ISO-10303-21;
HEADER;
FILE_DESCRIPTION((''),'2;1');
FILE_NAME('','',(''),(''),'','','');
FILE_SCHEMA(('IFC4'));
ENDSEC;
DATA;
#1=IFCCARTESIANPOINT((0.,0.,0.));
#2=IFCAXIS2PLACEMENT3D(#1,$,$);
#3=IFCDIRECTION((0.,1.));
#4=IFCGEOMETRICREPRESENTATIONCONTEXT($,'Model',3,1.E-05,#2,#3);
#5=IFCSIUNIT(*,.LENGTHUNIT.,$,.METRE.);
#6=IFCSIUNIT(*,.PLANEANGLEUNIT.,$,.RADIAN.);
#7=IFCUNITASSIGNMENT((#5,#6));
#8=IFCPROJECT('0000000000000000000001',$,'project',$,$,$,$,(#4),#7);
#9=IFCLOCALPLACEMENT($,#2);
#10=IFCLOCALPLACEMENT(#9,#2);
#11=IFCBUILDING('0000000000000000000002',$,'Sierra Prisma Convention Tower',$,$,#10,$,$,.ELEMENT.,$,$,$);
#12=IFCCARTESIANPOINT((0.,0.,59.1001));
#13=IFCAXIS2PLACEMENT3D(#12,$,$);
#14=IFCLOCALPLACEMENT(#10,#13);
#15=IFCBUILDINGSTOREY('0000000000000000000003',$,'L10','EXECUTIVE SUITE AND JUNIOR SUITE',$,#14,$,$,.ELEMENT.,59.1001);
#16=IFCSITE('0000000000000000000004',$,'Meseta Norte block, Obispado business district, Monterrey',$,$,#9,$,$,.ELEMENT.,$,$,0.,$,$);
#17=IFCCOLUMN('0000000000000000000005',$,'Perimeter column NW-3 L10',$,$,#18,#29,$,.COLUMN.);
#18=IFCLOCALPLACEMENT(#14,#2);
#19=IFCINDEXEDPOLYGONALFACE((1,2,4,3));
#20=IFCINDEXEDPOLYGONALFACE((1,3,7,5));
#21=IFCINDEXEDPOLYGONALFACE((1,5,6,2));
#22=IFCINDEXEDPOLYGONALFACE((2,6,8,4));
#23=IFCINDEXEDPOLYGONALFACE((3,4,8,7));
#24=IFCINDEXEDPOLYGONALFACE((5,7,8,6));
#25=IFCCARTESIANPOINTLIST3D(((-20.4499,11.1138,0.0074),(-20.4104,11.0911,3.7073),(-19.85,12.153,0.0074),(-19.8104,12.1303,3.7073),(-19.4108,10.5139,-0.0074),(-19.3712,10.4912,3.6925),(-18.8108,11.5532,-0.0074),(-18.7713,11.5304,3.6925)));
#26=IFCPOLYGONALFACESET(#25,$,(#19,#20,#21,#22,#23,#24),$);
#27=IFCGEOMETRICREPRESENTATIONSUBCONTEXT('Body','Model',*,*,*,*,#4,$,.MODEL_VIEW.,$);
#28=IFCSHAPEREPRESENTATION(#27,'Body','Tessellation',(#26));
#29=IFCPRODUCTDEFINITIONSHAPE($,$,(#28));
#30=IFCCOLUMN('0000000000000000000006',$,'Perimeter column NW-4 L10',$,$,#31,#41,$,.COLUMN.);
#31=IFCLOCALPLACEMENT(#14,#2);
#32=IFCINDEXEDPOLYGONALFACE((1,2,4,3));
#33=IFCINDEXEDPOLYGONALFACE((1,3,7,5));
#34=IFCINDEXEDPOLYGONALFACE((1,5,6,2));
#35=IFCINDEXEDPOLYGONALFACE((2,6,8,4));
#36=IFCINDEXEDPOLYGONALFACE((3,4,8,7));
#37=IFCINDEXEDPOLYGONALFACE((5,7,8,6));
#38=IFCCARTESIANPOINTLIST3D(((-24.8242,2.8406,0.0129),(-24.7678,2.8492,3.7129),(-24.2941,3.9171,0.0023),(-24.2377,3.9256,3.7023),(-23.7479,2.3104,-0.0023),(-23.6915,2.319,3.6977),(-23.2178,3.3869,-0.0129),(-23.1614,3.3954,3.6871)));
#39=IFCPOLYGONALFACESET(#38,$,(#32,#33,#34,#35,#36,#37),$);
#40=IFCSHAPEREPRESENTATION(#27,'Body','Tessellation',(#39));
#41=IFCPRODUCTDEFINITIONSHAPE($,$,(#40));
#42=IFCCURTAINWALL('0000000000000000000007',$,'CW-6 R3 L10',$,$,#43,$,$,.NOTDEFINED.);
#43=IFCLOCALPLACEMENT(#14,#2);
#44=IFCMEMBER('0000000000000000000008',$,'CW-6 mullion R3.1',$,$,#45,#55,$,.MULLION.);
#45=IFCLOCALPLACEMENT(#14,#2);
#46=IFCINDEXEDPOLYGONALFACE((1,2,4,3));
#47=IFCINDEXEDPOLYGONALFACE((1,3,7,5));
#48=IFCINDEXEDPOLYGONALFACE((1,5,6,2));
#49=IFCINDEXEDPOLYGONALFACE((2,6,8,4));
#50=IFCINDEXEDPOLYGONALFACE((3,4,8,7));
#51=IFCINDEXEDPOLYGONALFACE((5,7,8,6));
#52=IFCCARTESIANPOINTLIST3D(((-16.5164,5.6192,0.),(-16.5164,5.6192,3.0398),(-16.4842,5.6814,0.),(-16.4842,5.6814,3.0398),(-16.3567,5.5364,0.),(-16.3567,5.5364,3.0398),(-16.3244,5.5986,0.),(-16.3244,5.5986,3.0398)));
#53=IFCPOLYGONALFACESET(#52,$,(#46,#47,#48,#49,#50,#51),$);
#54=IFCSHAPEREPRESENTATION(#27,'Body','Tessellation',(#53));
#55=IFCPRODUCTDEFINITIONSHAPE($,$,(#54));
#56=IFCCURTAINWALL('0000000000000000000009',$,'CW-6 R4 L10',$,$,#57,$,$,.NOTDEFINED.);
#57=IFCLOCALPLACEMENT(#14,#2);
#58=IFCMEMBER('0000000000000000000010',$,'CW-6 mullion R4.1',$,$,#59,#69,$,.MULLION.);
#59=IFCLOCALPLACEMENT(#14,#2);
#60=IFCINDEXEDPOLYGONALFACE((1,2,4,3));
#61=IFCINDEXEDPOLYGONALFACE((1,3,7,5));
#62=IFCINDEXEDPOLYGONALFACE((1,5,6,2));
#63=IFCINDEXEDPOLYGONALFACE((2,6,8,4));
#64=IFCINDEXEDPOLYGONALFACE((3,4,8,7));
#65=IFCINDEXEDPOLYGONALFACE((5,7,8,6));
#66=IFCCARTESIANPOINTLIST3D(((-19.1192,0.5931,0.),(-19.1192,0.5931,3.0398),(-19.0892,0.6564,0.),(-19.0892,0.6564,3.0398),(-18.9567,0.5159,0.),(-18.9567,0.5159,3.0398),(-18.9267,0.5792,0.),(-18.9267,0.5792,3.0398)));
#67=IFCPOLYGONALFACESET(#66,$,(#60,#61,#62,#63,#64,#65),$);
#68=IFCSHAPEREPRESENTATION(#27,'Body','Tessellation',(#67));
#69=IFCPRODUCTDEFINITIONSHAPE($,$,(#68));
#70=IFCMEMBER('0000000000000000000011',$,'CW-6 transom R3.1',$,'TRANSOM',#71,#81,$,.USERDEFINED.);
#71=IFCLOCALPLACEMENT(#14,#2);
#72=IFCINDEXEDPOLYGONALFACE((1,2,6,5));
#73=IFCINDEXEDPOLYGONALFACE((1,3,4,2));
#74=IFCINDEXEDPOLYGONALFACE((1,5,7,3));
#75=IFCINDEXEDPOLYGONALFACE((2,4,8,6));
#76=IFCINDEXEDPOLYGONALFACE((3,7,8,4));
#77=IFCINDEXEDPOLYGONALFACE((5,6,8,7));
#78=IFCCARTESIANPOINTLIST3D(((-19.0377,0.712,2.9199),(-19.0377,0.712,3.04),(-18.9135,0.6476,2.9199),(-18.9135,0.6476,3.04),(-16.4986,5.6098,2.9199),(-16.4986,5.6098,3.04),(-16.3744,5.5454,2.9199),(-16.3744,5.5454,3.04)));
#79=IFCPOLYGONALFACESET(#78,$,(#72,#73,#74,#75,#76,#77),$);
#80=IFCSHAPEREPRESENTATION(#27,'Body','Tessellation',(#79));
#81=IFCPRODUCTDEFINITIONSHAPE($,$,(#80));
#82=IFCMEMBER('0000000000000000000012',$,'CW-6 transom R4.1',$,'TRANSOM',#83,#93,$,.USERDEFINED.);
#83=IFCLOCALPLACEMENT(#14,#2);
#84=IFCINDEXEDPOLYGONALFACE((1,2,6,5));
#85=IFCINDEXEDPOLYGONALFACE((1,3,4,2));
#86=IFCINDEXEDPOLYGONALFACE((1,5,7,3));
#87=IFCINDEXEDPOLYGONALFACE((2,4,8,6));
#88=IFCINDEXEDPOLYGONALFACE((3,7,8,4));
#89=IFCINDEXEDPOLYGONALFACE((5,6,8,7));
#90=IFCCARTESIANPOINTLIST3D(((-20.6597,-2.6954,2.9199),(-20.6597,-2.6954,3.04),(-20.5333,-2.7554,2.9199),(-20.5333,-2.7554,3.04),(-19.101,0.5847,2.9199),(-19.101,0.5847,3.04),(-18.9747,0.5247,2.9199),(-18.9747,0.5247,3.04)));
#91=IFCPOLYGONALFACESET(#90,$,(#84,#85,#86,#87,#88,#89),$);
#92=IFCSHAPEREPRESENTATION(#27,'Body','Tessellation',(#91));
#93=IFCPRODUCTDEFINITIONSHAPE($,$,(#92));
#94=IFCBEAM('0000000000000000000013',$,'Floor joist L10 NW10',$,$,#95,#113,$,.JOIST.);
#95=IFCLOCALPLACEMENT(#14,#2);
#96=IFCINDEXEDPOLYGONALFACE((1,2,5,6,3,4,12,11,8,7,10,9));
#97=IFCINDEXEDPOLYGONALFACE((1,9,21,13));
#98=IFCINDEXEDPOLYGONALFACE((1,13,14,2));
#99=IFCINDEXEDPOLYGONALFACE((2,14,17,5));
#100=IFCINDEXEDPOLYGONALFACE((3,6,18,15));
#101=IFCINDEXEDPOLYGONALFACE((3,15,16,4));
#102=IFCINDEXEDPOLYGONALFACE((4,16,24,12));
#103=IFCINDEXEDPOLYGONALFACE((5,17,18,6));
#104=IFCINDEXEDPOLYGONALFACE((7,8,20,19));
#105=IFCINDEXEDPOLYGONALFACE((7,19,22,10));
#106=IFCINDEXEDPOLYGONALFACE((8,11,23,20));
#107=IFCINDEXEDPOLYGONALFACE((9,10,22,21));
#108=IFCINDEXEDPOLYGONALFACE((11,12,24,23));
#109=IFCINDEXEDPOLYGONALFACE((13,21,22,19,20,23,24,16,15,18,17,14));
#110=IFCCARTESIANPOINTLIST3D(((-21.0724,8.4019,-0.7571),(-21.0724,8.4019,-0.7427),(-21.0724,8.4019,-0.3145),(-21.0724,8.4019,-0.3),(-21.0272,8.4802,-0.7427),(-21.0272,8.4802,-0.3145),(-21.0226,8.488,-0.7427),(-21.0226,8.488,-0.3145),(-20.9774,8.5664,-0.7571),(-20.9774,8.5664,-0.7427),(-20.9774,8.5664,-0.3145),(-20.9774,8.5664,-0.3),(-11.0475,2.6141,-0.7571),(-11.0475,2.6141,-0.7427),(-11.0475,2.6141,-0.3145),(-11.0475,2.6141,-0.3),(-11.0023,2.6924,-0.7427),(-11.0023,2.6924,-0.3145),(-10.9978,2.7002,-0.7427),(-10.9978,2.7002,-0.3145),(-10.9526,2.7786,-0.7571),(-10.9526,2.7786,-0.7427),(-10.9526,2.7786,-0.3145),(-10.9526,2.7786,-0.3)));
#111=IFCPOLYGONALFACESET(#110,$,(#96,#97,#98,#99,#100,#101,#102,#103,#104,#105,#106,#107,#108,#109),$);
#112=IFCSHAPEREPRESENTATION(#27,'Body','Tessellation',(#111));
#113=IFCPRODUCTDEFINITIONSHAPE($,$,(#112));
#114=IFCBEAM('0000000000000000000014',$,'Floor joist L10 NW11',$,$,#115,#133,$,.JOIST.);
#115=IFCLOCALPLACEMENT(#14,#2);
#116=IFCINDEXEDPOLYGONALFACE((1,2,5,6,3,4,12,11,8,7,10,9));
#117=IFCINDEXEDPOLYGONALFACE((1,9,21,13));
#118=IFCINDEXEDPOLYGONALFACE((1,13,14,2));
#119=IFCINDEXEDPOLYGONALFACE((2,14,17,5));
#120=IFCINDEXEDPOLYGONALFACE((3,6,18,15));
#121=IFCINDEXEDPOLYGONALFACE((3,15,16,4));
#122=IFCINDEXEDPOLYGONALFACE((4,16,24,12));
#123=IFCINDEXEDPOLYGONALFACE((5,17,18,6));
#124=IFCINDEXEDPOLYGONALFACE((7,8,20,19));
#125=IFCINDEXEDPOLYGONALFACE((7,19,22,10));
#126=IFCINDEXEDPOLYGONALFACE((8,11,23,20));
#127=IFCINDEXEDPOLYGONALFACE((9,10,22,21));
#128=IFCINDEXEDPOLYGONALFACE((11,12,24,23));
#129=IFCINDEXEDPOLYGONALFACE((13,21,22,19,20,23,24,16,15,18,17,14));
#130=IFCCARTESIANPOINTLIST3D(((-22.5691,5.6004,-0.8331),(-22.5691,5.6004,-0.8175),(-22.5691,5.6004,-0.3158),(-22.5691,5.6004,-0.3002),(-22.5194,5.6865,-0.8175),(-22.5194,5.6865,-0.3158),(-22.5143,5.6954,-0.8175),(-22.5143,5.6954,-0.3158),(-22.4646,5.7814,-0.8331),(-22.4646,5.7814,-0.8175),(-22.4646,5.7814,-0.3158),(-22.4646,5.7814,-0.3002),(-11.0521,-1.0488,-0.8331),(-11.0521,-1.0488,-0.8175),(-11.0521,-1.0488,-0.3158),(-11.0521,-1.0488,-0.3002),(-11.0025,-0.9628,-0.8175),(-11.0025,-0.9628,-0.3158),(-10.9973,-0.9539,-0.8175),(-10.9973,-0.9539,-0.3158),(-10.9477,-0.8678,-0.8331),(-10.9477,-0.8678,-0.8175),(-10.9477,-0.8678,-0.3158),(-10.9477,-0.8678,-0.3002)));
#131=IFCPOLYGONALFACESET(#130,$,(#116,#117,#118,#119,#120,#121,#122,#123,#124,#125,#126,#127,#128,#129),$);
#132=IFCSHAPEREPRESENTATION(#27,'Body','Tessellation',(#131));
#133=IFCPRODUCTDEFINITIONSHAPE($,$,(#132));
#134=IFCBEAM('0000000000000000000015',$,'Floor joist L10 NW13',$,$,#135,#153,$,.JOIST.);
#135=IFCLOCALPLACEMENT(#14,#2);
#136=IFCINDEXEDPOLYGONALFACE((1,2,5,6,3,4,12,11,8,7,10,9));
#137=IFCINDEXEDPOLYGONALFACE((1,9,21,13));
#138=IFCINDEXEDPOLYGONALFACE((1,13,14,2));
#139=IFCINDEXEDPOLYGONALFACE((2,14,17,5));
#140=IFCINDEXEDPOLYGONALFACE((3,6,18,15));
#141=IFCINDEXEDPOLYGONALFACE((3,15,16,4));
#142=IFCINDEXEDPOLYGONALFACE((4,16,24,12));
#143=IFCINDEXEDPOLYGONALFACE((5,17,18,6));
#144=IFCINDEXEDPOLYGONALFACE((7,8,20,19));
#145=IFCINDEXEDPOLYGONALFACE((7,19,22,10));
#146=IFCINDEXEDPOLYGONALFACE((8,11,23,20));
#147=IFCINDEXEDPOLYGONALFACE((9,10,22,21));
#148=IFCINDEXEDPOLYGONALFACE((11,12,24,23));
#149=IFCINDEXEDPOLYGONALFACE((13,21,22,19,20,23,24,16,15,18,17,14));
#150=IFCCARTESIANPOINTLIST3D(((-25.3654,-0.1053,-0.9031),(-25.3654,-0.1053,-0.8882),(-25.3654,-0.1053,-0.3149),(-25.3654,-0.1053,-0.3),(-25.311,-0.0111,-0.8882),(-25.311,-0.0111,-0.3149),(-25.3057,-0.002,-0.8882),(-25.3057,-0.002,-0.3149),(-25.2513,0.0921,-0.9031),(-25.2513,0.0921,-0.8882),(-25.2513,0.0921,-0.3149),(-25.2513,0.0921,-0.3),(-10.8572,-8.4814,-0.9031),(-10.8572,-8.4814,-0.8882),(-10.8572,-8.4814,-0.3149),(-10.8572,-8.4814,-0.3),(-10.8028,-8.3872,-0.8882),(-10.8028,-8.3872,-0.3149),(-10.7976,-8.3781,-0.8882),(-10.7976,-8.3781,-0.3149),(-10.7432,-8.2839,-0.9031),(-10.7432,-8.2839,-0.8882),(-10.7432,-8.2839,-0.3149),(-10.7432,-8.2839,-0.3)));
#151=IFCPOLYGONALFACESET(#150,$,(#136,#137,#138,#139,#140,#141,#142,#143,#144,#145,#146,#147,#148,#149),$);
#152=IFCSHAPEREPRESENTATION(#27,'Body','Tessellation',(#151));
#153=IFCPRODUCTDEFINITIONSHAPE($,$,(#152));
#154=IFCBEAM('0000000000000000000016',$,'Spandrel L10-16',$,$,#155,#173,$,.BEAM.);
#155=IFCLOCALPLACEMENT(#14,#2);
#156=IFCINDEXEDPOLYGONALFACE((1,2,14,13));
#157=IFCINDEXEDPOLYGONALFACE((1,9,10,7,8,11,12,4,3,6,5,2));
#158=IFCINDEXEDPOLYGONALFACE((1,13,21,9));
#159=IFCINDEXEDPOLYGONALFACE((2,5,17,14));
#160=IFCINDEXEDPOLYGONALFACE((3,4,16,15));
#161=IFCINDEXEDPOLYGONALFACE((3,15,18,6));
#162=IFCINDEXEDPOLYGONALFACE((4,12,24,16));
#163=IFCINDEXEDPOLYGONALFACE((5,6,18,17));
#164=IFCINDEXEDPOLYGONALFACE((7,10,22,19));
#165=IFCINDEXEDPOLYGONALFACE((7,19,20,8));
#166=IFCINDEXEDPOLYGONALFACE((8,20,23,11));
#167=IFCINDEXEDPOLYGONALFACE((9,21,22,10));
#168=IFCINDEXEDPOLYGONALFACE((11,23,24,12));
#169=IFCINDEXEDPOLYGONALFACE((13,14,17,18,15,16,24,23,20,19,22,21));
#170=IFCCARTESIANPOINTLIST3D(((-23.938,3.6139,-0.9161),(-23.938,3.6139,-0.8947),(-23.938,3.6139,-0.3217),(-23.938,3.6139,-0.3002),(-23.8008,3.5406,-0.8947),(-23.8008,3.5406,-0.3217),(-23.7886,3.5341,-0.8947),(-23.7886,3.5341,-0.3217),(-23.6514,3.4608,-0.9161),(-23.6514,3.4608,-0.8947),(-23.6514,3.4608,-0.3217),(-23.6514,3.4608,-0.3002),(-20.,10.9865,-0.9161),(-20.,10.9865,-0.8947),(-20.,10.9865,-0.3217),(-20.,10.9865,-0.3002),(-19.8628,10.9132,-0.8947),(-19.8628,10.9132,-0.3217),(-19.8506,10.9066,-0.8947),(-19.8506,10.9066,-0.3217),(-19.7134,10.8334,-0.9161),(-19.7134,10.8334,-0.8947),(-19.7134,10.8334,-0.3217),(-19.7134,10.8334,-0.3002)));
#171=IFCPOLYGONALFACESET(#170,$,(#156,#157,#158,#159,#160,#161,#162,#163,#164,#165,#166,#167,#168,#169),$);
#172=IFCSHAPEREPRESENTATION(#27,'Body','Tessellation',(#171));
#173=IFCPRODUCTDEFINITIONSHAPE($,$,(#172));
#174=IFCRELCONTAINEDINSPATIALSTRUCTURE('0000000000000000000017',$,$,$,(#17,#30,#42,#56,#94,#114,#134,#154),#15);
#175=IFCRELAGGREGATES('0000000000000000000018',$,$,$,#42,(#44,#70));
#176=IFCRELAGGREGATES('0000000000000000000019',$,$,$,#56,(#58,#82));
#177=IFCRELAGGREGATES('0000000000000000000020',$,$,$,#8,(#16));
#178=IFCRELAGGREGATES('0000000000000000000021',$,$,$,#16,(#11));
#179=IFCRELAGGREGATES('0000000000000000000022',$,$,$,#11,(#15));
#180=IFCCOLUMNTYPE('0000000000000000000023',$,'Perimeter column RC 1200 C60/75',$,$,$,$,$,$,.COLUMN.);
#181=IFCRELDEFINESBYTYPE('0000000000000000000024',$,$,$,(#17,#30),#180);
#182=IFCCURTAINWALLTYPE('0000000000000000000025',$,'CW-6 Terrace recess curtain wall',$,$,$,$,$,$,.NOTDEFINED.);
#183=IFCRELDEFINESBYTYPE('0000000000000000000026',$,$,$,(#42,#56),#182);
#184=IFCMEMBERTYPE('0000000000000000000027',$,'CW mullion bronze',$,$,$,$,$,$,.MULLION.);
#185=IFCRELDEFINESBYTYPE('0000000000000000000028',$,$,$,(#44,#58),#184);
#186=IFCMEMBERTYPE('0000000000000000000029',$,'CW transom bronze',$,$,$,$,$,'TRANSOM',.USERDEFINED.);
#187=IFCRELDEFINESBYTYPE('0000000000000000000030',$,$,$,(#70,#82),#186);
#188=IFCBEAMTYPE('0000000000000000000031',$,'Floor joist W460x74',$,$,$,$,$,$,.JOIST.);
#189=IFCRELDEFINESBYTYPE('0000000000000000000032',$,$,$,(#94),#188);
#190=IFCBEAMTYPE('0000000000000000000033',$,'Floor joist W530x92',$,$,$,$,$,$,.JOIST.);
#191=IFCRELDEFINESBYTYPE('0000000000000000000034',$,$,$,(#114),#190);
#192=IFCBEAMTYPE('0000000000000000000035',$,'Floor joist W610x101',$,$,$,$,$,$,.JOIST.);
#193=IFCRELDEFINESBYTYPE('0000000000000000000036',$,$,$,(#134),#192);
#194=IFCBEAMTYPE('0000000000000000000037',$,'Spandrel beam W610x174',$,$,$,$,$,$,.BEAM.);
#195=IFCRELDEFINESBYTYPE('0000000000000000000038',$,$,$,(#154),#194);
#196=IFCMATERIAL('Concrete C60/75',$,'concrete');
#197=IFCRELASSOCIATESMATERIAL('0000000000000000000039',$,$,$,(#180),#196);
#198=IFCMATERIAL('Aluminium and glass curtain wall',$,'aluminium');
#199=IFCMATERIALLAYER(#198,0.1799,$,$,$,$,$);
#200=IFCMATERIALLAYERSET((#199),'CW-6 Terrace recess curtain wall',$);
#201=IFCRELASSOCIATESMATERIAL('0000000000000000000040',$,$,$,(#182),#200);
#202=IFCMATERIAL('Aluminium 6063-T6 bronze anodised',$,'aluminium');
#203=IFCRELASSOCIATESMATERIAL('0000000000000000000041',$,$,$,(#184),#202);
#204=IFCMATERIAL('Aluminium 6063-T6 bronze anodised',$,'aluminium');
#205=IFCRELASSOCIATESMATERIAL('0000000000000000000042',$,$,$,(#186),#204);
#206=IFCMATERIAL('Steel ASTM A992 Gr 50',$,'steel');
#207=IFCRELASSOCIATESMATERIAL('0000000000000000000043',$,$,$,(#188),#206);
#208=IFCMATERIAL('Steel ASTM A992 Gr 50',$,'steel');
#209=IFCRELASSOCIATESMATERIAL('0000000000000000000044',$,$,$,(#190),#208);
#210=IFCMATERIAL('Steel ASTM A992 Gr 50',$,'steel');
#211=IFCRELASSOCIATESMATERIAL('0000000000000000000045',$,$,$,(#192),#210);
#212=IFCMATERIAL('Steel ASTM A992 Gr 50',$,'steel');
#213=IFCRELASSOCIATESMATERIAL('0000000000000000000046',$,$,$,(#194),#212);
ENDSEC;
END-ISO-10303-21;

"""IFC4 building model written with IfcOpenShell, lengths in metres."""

from ifc_helpers import new_model, si_unit, direction, frame, origin, origin_2d, place, context, subcontext, project, spatial, rectangle, i_section, extrude, material, layer, layer_set, material_profile, profile_set, type_object, element, aggregate, save


model = new_model("IFC4")

# Units and contexts
model_context = context("Model", 3, precision=1e-05, world=origin(), true_north=direction((0.0, 1.0)))
body_context = subcontext(model_context, "Body", "Model", "MODEL_VIEW")
ifc_project = project(units=[si_unit("LENGTHUNIT", "METRE"), si_unit("PLANEANGLEUNIT", "RADIAN")], contexts=[model_context])

# Site, building, storey
site_placement = place(None, origin())
site = spatial("IfcSite", under=ifc_project, at=site_placement, Name="Meseta Norte block, Obispado business district, Monterrey", CompositionType="ELEMENT", RefElevation=0.0)
building_placement = place(site_placement, origin())
building = spatial("IfcBuilding", under=site, at=building_placement, Name="Sierra Prisma Convention Tower", CompositionType="ELEMENT")
storey_placement = place(building_placement, frame((0.0, 0.0, 59.1001)))
storey = spatial("IfcBuildingStorey", under=building, at=storey_placement, Name="L10", Description="EXECUTIVE SUITE AND JUNIOR SUITE", CompositionType="ELEMENT", Elevation=59.1001)

# Columns
ifc_material_1 = material(Name="Concrete C60/75", Category="concrete")
ifc_material_profile_1 = material_profile(ifc_material_1, rectangle(XDim=1.2, YDim=1.2, at=origin_2d()), Name="Perimeter column RC 1200 C60/75")
ifc_profile_set_1 = profile_set([ifc_material_profile_1], Name="Concrete C60/75")
column_type = type_object("IfcColumnType", Name="Perimeter column RC 1200 C60/75", PredefinedType="COLUMN", material=ifc_profile_set_1)
column_1_placement = place(storey_placement, frame((-19.6304, 11.3335, 0.0), z_axis=(0.010689, -0.006136, 0.999924), x_axis=(0.499971, 0.866042, -0.00003)))
element("IfcColumn", 1, at=column_1_placement, inside=storey, type_object=column_type, Name="Perimeter column NW-3 L10", PredefinedType="COLUMN", context=body_context, shape_type="SweptSolid", body=[
    extrude(rectangle(XDim=1.2, YDim=1.2, at=origin_2d()), origin(), (0.0, 0.0, 1.0), 3.7002),
])
column_2_placement = place(storey_placement, frame((-24.021, 3.1138, 0.0), z_axis=(0.015241, 0.002309, 0.999881), x_axis=(0.441769, 0.897085, -0.008805)))
element("IfcColumn", 2, at=column_2_placement, inside=storey, type_object=column_type, Name="Perimeter column NW-4 L10", PredefinedType="COLUMN", context=body_context, shape_type="SweptSolid", body=[
    extrude(rectangle(XDim=1.2, YDim=1.2, at=origin_2d()), origin(), (0.0, 0.0, 1.0), 3.7004),
])

# Curtain walls, members
ifc_material_2 = material(Name="Aluminium and glass curtain wall", Category="aluminium")
ifc_layer_1 = layer(ifc_material_2, 0.1799)
ifc_layer_set_1 = layer_set([ifc_layer_1], Name="CW-6 Terrace recess curtain wall")
curtain_wall_type = type_object("IfcCurtainWallType", Name="CW-6 Terrace recess curtain wall", PredefinedType="NOTDEFINED", material=ifc_layer_set_1)
curtain_wall_1_placement = place(storey_placement, origin())
curtain_wall_1 = element("IfcCurtainWall", 3, at=curtain_wall_1_placement, inside=storey, type_object=curtain_wall_type, Name="CW-6 R3 L10", PredefinedType="NOTDEFINED")
ifc_material_3 = material(Name="Aluminium 6063-T6 bronze anodised", Category="aluminium")
ifc_material_profile_2 = material_profile(ifc_material_3, rectangle(XDim=0.1799, YDim=0.0701, at=origin_2d()), Name="ALU MULLION 70x180")
ifc_profile_set_2 = profile_set([ifc_material_profile_2], Name="Aluminium 6063-T6 bronze anodised")
member_type_1 = type_object("IfcMemberType", Name="CW mullion bronze", PredefinedType="MULLION", material=ifc_profile_set_2)
member_1_placement = place(storey_placement, frame((-16.4204, 5.6089, 0.0), z_axis=(0.0, 0.0, 1.0), x_axis=(0.887781, -0.460267, 0.0)))
member_1 = element("IfcMember", 4, at=member_1_placement, type_object=member_type_1, Name="CW-6 mullion R3.1", PredefinedType="MULLION", context=body_context, shape_type="SweptSolid", body=[
    extrude(rectangle(XDim=0.1799, YDim=0.0701, at=origin_2d()), origin(), (0.0, 0.0, 1.0), 3.0398),
])
curtain_wall_2_placement = place(storey_placement, origin())
curtain_wall_2 = element("IfcCurtainWall", 5, at=curtain_wall_2_placement, inside=storey, type_object=curtain_wall_type, Name="CW-6 R4 L10", PredefinedType="NOTDEFINED")
member_2_placement = place(storey_placement, frame((-19.0229, 0.5862, 0.0), z_axis=(0.0, 0.0, 1.0), x_axis=(0.903234, -0.429149, 0.0)))
member_2 = element("IfcMember", 6, at=member_2_placement, type_object=member_type_1, Name="CW-6 mullion R4.1", PredefinedType="MULLION", context=body_context, shape_type="SweptSolid", body=[
    extrude(rectangle(XDim=0.1799, YDim=0.0701, at=origin_2d()), origin(), (0.0, 0.0, 1.0), 3.0398),
])

# Members
ifc_material_4 = material(Name="Aluminium 6063-T6 bronze anodised", Category="aluminium")
ifc_material_profile_3 = material_profile(ifc_material_4, rectangle(XDim=0.1399, YDim=0.1201, at=origin_2d()), Name="ALU TRANSOM 120x140")
ifc_profile_set_3 = profile_set([ifc_material_profile_3], Name="Aluminium 6063-T6 bronze anodised")
member_type_2 = type_object("IfcMemberType", Name="CW transom bronze", ElementType="TRANSOM", PredefinedType="USERDEFINED", material=ifc_profile_set_3)
member_3_placement = place(storey_placement, frame((-16.4365, 5.5776, 2.98), z_axis=(-0.460247, -0.887791, 0.0), x_axis=(0.887791, -0.460247, 0.0)))
member_3 = element("IfcMember", 7, at=member_3_placement, type_object=member_type_2, Name="CW-6 transom R3.1", ObjectType="TRANSOM", PredefinedType="USERDEFINED", context=body_context, shape_type="SweptSolid", body=[
    extrude(rectangle(XDim=0.1399, YDim=0.1201, at=origin_2d()), origin(), (0.0, 0.0, 1.0), 5.5168),
])
member_4_placement = place(storey_placement, frame((-19.0378, 0.5547, 2.98), z_axis=(-0.429187, -0.903216, 0.0), x_axis=(0.903216, -0.429187, 0.0)))
member_4 = element("IfcMember", 8, at=member_4_placement, type_object=member_type_2, Name="CW-6 transom R4.1", ObjectType="TRANSOM", PredefinedType="USERDEFINED", context=body_context, shape_type="SweptSolid", body=[
    extrude(rectangle(XDim=0.1399, YDim=0.1201, at=origin_2d()), origin(), (0.0, 0.0, 1.0), 3.6316),
])

# Beams
ifc_material_5 = material(Name="Steel ASTM A992 Gr 50", Category="steel")
ifc_material_profile_4 = material_profile(ifc_material_5, i_section(OverallWidth=0.1899, OverallDepth=0.457, WebThickness=0.009, FlangeThickness=0.0144, at=origin_2d()), Name="W460x74")
ifc_profile_set_4 = profile_set([ifc_material_profile_4], Name="Steel ASTM A992 Gr 50")
beam_type_1 = type_object("IfcBeamType", Name="Floor joist W460x74", PredefinedType="JOIST", material=ifc_profile_set_4)
beam_1_placement = place(storey_placement, frame((-21.0249, 8.4841, -0.5286), z_axis=(0.866027, -0.499998, 0.0), x_axis=(0.499998, 0.866027, 0.0)))
element("IfcBeam", 9, at=beam_1_placement, inside=storey, type_object=beam_type_1, Name="Floor joist L10 NW10", PredefinedType="JOIST", context=body_context, shape_type="SweptSolid", body=[
    extrude(i_section(OverallWidth=0.1899, OverallDepth=0.457, WebThickness=0.009, FlangeThickness=0.0144, at=origin_2d()), origin(), (0.0, 0.0, 1.0), 11.5757),
])
ifc_material_6 = material(Name="Steel ASTM A992 Gr 50", Category="steel")
ifc_material_profile_5 = material_profile(ifc_material_6, i_section(OverallWidth=0.209, OverallDepth=0.533, WebThickness=0.0103, FlangeThickness=0.0156, at=origin_2d()), Name="W530x92")
ifc_profile_set_5 = profile_set([ifc_material_profile_5], Name="Steel ASTM A992 Gr 50")
beam_type_2 = type_object("IfcBeamType", Name="Floor joist W530x92", PredefinedType="JOIST", material=ifc_profile_set_5)
beam_2_placement = place(storey_placement, frame((-22.5168, 5.6909, -0.5667), z_axis=(0.866028, -0.499995, 0.0), x_axis=(0.499995, 0.866028, 0.0)))
element("IfcBeam", 10, at=beam_2_placement, inside=storey, type_object=beam_type_2, Name="Floor joist L10 NW11", PredefinedType="JOIST", context=body_context, shape_type="SweptSolid", body=[
    extrude(i_section(OverallWidth=0.209, OverallDepth=0.533, WebThickness=0.0103, FlangeThickness=0.0156, at=origin_2d()), origin(), (0.0, 0.0, 1.0), 13.2986),
])
ifc_material_7 = material(Name="Steel ASTM A992 Gr 50", Category="steel")
ifc_material_profile_6 = material_profile(ifc_material_7, i_section(OverallWidth=0.228, OverallDepth=0.603, WebThickness=0.0105, FlangeThickness=0.0149, at=origin_2d()), Name="W610x101")
ifc_profile_set_6 = profile_set([ifc_material_profile_6], Name="Steel ASTM A992 Gr 50")
beam_type_3 = type_object("IfcBeamType", Name="Floor joist W610x101", PredefinedType="JOIST", material=ifc_profile_set_6)
beam_3_placement = place(storey_placement, frame((-25.3083, -0.0066, -0.6016), z_axis=(0.866032, -0.499989, 0.0), x_axis=(0.499989, 0.866032, 0.0)))
element("IfcBeam", 11, at=beam_3_placement, inside=storey, type_object=beam_type_3, Name="Floor joist L10 NW13", PredefinedType="JOIST", context=body_context, shape_type="SweptSolid", body=[
    extrude(i_section(OverallWidth=0.228, OverallDepth=0.603, WebThickness=0.0105, FlangeThickness=0.0149, at=origin_2d()), origin(), (0.0, 0.0, 1.0), 16.7524),
])
ifc_material_8 = material(Name="Steel ASTM A992 Gr 50", Category="steel")
ifc_material_profile_7 = material_profile(ifc_material_8, i_section(OverallWidth=0.325, OverallDepth=0.616, WebThickness=0.0139, FlangeThickness=0.0215, at=origin_2d()), Name="W610x174")
ifc_profile_set_7 = profile_set([ifc_material_profile_7], Name="Steel ASTM A992 Gr 50")
beam_type_4 = type_object("IfcBeamType", Name="Spandrel beam W610x174", PredefinedType="BEAM", material=ifc_profile_set_7)
for number, where, z_axis, x_axis, name in (
    (12, (-19.8567, 10.9099, -0.6082), (-0.471143, -0.882057, 0.0), (0.882057, -0.471143, 0.0), "Spandrel L10-16"),
):
    element("IfcBeam", number, at=place(storey_placement, frame(where, z_axis=z_axis, x_axis=x_axis)), inside=storey, type_object=beam_type_4, Name=name, PredefinedType="BEAM", context=body_context, shape_type="SweptSolid", body=[
        extrude(i_section(OverallWidth=0.325, OverallDepth=0.616, WebThickness=0.0139, FlangeThickness=0.0215, at=origin_2d()), origin(), (0.0, 0.0, 1.0), 8.3584),
    ])

aggregate(curtain_wall_1, [member_1, member_3])
aggregate(curtain_wall_2, [member_2, member_4])

save(model, "model.ifc")
